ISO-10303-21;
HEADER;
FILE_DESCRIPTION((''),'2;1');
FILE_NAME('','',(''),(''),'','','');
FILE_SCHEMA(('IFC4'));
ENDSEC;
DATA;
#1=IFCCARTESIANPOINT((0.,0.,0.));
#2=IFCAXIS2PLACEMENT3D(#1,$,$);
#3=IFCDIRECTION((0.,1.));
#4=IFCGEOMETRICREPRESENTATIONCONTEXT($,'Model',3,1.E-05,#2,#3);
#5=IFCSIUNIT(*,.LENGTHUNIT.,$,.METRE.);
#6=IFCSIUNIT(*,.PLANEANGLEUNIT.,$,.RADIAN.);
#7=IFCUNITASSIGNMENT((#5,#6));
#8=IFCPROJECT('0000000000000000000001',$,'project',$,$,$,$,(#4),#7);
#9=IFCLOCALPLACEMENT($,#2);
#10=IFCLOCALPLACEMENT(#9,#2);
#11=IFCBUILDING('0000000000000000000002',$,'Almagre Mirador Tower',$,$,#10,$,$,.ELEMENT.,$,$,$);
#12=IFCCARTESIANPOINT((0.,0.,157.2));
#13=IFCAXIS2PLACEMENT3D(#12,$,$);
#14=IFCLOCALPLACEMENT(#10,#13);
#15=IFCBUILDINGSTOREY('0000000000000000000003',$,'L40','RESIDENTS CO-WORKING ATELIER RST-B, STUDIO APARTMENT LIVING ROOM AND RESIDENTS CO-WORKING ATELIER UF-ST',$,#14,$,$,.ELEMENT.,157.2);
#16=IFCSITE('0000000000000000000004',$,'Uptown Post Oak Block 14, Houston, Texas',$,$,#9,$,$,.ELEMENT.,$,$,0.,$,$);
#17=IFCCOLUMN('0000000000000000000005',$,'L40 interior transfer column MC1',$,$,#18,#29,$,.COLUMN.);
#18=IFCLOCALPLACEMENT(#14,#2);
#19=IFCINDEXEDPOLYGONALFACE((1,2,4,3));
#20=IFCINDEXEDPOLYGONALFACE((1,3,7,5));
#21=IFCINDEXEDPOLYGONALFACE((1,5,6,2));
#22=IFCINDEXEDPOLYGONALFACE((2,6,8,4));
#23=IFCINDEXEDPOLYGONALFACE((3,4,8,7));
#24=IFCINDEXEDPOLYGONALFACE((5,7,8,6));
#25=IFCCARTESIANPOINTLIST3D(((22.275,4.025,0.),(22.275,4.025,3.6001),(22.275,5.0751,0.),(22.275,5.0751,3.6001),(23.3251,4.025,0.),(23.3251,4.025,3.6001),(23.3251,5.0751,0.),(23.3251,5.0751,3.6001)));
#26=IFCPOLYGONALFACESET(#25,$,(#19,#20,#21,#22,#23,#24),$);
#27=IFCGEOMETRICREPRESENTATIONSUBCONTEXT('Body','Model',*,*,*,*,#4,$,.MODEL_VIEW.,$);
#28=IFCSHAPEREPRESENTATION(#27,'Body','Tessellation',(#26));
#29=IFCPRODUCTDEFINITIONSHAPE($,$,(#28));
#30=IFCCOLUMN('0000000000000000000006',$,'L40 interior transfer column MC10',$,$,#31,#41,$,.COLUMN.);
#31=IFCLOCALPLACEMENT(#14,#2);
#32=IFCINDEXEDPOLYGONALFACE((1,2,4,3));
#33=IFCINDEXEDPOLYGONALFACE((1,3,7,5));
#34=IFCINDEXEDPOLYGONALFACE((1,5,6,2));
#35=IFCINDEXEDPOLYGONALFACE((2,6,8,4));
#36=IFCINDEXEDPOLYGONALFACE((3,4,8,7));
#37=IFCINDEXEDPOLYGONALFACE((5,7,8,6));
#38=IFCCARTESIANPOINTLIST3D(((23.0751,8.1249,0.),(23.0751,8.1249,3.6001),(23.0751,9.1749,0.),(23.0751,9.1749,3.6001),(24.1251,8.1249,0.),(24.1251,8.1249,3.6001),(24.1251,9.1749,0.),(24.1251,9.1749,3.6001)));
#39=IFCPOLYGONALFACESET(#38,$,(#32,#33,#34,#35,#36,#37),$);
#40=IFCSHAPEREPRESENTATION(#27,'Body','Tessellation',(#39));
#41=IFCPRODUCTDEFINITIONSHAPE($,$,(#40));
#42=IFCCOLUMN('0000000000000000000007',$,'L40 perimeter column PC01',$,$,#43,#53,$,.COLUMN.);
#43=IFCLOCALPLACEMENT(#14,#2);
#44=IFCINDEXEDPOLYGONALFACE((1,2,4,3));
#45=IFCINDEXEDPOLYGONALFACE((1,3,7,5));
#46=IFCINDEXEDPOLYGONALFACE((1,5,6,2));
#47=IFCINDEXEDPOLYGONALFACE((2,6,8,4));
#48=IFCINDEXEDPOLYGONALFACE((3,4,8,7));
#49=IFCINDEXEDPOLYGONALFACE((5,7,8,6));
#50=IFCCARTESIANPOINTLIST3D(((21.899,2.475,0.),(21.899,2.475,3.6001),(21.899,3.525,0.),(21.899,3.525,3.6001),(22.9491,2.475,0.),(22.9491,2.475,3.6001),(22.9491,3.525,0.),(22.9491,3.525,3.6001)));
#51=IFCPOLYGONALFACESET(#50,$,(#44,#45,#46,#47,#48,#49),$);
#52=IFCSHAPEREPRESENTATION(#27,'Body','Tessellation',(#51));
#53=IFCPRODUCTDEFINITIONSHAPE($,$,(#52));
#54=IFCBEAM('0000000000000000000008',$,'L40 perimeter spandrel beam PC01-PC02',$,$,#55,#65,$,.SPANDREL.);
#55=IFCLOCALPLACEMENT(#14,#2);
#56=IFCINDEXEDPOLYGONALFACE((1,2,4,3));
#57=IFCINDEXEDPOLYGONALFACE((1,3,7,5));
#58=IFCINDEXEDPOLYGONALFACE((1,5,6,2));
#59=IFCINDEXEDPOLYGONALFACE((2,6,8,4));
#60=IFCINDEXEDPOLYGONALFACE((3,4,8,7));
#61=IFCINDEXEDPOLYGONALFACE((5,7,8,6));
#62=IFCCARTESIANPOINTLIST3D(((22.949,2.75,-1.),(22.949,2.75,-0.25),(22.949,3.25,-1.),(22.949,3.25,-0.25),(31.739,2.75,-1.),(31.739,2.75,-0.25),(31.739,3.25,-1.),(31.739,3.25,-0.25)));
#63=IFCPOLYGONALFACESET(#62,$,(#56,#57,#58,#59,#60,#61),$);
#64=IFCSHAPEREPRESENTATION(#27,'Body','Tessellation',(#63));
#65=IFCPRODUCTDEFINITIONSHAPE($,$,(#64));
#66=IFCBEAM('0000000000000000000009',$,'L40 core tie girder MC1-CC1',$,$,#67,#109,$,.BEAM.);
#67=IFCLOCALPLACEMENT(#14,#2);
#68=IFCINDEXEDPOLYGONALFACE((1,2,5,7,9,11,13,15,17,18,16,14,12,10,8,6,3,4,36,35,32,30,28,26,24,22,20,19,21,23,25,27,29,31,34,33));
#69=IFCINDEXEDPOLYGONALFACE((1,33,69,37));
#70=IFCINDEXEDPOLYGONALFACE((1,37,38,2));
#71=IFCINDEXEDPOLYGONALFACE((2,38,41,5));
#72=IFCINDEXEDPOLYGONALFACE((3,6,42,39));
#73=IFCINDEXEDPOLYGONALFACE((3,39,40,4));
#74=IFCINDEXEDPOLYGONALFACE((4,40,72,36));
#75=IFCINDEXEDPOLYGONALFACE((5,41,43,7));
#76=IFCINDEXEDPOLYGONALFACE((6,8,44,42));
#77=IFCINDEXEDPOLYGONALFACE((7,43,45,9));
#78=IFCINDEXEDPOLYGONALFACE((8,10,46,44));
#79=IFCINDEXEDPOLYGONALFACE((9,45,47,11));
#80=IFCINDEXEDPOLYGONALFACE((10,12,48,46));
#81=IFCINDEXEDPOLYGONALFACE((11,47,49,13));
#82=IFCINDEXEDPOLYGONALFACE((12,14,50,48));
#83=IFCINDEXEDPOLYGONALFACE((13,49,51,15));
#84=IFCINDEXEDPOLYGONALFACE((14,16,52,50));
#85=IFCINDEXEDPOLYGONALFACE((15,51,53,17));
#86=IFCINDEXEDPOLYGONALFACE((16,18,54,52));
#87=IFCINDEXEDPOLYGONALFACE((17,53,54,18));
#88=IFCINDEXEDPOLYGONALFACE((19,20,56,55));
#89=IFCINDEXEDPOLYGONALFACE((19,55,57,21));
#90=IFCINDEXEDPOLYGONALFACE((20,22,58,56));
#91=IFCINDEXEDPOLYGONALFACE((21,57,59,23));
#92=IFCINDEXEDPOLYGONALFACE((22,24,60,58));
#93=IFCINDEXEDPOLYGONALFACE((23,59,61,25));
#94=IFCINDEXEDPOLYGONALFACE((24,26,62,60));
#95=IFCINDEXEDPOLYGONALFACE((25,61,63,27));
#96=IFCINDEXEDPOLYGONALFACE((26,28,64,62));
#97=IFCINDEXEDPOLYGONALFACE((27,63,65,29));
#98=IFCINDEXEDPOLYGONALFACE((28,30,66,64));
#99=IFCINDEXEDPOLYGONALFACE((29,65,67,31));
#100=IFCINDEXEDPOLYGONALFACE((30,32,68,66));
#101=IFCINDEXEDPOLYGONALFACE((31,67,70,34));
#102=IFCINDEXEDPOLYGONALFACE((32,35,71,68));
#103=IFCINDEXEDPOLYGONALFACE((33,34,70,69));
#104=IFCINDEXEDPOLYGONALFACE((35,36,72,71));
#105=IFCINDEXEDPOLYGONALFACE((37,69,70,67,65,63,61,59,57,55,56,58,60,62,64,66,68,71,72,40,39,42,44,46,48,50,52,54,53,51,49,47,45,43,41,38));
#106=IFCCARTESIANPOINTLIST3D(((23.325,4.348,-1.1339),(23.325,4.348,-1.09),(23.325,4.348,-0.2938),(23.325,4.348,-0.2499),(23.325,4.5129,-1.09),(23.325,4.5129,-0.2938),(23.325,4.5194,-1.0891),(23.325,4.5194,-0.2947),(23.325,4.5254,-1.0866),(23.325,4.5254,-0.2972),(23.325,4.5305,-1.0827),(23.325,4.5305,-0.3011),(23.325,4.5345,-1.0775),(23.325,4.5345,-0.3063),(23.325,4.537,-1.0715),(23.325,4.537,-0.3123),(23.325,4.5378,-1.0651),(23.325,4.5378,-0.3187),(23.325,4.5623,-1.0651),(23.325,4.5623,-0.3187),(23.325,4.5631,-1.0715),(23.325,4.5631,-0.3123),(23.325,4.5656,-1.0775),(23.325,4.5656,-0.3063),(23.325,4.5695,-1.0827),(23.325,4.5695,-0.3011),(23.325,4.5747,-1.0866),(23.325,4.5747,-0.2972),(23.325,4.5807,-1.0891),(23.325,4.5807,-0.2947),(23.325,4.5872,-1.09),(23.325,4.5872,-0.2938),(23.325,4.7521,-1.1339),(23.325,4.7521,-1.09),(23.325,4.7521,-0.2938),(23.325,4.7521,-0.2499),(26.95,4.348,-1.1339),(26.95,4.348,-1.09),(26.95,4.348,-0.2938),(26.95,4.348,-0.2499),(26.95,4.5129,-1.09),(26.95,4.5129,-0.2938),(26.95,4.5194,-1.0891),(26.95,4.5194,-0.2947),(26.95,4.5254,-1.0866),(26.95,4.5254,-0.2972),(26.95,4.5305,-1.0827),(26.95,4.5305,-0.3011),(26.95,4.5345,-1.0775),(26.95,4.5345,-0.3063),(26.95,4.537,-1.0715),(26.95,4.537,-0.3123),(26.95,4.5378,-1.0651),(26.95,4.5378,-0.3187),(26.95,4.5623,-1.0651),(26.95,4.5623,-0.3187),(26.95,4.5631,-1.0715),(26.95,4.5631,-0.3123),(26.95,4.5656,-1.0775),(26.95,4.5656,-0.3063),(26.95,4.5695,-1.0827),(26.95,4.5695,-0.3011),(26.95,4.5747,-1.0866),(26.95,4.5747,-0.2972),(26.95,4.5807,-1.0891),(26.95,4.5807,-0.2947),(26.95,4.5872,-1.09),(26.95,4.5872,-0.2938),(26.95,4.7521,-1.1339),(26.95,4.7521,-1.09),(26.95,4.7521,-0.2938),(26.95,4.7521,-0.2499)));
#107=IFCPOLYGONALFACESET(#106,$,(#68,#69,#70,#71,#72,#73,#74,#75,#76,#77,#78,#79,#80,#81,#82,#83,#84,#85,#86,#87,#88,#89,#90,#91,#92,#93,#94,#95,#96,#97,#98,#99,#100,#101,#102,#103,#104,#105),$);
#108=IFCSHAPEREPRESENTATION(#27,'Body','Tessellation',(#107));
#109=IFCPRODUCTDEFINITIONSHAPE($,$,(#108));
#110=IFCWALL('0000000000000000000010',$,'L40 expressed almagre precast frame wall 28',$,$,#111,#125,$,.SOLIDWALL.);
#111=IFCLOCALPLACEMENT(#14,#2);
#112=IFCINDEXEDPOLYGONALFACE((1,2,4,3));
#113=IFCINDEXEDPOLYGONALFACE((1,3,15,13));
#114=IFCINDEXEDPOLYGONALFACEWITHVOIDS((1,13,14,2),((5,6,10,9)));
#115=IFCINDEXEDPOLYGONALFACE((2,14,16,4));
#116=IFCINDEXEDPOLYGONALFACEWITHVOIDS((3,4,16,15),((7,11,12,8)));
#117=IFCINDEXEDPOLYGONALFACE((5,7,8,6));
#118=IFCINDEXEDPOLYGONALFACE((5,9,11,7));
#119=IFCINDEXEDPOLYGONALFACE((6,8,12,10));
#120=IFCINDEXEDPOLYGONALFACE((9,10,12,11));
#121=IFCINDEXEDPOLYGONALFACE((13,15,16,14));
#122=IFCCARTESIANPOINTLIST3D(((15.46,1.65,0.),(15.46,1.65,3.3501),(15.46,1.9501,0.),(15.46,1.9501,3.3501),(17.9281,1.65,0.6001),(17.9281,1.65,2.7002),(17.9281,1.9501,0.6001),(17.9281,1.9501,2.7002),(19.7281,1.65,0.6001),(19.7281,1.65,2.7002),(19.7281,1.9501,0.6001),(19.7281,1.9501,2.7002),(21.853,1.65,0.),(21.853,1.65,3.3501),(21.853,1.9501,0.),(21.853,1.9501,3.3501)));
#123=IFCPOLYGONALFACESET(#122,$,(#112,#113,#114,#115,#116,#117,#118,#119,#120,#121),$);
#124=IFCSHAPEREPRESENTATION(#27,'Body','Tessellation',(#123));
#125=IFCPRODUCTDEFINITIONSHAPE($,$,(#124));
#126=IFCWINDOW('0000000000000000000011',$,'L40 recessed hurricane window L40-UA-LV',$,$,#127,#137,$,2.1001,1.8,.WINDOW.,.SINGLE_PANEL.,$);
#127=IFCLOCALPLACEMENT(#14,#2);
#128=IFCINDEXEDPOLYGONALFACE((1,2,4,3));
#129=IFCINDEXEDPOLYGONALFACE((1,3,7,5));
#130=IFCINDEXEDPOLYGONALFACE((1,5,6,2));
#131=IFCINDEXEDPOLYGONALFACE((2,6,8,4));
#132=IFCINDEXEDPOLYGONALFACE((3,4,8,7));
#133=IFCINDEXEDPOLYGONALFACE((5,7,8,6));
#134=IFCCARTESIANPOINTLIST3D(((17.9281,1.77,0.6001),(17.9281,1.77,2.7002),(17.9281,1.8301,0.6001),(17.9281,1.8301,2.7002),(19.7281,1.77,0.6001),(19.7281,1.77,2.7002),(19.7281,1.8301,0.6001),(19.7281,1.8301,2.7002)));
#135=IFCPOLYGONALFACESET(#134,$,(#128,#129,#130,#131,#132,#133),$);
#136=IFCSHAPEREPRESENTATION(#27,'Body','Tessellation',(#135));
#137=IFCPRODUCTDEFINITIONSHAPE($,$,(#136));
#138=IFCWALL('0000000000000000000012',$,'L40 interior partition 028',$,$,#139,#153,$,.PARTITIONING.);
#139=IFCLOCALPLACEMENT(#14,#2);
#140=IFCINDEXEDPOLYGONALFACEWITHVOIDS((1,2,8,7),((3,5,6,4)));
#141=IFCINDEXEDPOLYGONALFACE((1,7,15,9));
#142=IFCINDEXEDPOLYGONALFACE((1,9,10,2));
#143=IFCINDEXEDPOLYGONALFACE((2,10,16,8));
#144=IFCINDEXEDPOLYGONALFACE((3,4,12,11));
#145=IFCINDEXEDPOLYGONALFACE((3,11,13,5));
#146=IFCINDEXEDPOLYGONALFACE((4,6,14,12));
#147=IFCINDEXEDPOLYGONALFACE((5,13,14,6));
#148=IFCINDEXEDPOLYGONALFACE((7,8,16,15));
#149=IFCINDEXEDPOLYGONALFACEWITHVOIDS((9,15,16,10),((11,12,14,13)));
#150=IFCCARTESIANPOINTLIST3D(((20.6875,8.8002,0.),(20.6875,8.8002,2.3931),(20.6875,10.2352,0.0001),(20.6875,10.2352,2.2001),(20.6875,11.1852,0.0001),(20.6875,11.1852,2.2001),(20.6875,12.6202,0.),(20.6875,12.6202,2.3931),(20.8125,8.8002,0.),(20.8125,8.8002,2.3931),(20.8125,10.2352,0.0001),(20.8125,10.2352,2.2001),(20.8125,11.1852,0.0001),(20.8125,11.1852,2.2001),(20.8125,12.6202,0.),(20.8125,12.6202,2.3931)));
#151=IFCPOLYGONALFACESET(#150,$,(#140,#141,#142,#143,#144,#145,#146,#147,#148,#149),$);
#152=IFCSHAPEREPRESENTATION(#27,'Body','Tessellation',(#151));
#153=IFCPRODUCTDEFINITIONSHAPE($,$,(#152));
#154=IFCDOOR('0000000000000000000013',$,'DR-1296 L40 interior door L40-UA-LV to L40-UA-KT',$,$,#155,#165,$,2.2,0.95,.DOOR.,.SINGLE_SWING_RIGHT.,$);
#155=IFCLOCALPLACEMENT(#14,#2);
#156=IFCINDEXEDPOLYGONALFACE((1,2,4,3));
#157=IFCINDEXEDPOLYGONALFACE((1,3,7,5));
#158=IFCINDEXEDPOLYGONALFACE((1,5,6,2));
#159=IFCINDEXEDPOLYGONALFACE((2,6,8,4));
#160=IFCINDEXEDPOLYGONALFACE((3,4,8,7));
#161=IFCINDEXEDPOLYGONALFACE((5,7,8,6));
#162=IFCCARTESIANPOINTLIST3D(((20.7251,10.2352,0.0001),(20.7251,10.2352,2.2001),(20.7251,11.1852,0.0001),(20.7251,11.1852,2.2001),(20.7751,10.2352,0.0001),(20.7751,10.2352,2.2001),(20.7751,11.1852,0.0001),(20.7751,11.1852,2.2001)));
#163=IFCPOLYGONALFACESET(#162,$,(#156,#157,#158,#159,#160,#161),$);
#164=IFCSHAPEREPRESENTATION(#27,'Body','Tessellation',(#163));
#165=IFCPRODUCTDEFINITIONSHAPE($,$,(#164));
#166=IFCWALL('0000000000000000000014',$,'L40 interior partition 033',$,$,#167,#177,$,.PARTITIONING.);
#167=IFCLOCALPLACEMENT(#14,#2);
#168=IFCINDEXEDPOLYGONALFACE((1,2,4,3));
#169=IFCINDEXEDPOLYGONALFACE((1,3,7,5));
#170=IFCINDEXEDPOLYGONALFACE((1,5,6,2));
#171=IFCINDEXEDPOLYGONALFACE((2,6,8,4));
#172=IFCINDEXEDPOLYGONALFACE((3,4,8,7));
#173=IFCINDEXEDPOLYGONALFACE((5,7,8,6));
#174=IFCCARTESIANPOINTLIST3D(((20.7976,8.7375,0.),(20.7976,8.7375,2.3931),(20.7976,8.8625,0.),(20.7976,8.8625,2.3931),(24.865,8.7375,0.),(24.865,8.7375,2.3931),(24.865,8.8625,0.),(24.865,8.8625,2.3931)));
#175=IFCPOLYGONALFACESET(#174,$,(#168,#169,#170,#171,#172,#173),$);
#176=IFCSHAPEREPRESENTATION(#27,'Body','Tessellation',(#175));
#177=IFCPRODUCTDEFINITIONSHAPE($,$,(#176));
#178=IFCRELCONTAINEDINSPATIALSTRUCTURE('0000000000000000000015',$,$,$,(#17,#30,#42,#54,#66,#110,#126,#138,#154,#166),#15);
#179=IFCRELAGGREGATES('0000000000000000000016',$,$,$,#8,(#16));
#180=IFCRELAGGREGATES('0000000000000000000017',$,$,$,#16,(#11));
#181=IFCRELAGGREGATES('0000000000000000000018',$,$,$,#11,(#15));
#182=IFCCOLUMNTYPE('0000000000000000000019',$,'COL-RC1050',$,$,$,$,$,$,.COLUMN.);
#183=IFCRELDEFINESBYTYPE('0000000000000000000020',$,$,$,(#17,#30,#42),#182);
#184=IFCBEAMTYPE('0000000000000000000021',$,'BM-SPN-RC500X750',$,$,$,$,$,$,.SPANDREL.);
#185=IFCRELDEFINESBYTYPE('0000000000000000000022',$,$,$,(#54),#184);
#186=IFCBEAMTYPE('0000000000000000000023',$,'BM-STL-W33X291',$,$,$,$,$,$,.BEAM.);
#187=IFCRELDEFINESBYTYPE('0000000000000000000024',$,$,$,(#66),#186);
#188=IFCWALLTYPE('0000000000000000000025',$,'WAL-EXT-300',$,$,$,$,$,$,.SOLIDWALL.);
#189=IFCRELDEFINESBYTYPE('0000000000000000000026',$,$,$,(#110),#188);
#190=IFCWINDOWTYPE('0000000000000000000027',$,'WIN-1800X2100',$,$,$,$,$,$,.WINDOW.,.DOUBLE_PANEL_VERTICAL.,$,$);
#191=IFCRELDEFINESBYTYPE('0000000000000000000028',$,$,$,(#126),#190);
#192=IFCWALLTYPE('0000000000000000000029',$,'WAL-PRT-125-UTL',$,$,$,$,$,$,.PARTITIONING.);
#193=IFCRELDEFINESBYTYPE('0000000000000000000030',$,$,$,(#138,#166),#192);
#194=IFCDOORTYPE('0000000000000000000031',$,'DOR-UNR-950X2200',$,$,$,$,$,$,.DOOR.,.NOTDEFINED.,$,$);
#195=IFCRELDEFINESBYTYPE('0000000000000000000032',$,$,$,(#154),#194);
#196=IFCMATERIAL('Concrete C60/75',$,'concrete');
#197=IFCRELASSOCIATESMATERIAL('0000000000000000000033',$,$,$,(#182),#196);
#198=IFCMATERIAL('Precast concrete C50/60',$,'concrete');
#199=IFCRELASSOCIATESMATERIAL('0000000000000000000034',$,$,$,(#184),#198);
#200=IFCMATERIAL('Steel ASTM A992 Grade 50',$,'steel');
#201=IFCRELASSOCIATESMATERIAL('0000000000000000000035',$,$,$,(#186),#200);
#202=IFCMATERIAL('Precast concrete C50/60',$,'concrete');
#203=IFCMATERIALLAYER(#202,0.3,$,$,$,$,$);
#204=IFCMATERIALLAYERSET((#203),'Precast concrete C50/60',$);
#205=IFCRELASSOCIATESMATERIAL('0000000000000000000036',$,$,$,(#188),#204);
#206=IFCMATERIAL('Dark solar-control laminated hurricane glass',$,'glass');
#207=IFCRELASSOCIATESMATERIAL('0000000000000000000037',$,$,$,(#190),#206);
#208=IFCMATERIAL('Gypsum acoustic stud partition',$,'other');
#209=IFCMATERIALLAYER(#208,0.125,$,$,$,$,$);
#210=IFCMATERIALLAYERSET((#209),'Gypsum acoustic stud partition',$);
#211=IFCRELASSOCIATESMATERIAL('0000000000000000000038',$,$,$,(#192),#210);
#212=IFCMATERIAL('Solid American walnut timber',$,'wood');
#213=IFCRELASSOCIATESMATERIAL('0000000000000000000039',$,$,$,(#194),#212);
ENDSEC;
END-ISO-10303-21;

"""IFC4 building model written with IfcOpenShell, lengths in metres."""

from ifc_helpers import new_model, si_unit, direction, frame, frame_2d, origin, origin_2d, place, context, subcontext, project, spatial, rectangle, i_section, extrude, material, layer, layer_set, material_profile, profile_set, type_object, element, fill, save


model = new_model("IFC4")

# Units and contexts
model_context = context("Model", 3, precision=1e-05, world=origin(), true_north=direction((0.0, 1.0)))
body_context = subcontext(model_context, "Body", "Model", "MODEL_VIEW")
ifc_project = project(units=[si_unit("LENGTHUNIT", "METRE"), si_unit("PLANEANGLEUNIT", "RADIAN")], contexts=[model_context])

# Site, building, storey
site_placement = place(None, origin())
site = spatial("IfcSite", under=ifc_project, at=site_placement, Name="Uptown Post Oak Block 14, Houston, Texas", CompositionType="ELEMENT", RefElevation=0.0)
building_placement = place(site_placement, origin())
building = spatial("IfcBuilding", under=site, at=building_placement, Name="Almagre Mirador Tower", CompositionType="ELEMENT")
storey_placement = place(building_placement, frame((0.0, 0.0, 157.2)))
storey = spatial("IfcBuildingStorey", under=building, at=storey_placement, Name="L40", Description="RESIDENTS CO-WORKING ATELIER RST-B, STUDIO APARTMENT LIVING ROOM AND RESIDENTS CO-WORKING ATELIER UF-ST", CompositionType="ELEMENT", Elevation=157.2)

# Columns
ifc_material_1 = material(Name="Concrete C60/75", Category="concrete")
ifc_material_profile_1 = material_profile(ifc_material_1, rectangle(XDim=1.05, YDim=1.05, at=origin_2d()), Name="RC1050X1050")
ifc_profile_set_1 = profile_set([ifc_material_profile_1], Name="Concrete C60/75")
column_type = type_object("IfcColumnType", Name="COL-RC1050", PredefinedType="COLUMN", material=ifc_profile_set_1)
for number, where, z_axis, x_axis, name in (
    (1, (22.8, 4.55, 0.0), (0.0, 0.0, 1.0), (1.0, 0.0, 0.0), "L40 interior transfer column MC1"),
    (2, (23.6001, 8.6499, 0.0), (0.0, 0.0, 1.0), (1.0, 0.0, 0.0), "L40 interior transfer column MC10"),
    (3, (22.4241, 3.0, 0.0), (0.0, 0.0, 1.0), (1.0, 0.0, 0.0), "L40 perimeter column PC01"),
):
    element("IfcColumn", number, at=place(storey_placement, frame(where, z_axis=z_axis, x_axis=x_axis)), inside=storey, type_object=column_type, Name=name, PredefinedType="COLUMN", context=body_context, shape_type="SweptSolid", body=[
        extrude(rectangle(XDim=1.05, YDim=1.05, at=origin_2d()), origin(), (0.0, 0.0, 1.0), 3.6001),
    ])

# Beams
ifc_material_2 = material(Name="Precast concrete C50/60", Category="concrete")
ifc_material_profile_2 = material_profile(ifc_material_2, rectangle(XDim=0.5, YDim=0.75, at=origin_2d()), Name="RC500X750")
ifc_profile_set_2 = profile_set([ifc_material_profile_2], Name="Precast concrete C50/60")
beam_type_1 = type_object("IfcBeamType", Name="BM-SPN-RC500X750", PredefinedType="SPANDREL", material=ifc_profile_set_2)
beam_1_placement = place(storey_placement, frame((22.949, 3.0, -0.625), z_axis=(1.0, 0.0, 0.0), x_axis=(0.0, 1.0, 0.0)))
element("IfcBeam", 4, at=beam_1_placement, inside=storey, type_object=beam_type_1, Name="L40 perimeter spandrel beam PC01-PC02", PredefinedType="SPANDREL", context=body_context, shape_type="SweptSolid", body=[
    extrude(rectangle(XDim=0.5, YDim=0.75, at=origin_2d()), origin(), (0.0, 0.0, 1.0), 8.79),
])
ifc_material_3 = material(Name="Steel ASTM A992 Grade 50", Category="steel")
ifc_material_profile_3 = material_profile(ifc_material_3, i_section(OverallWidth=0.4041, OverallDepth=0.884, WebThickness=0.0244, FlangeThickness=0.0439, FilletRadius=0.0249, at=origin_2d()), Name="W33X291")
ifc_profile_set_3 = profile_set([ifc_material_profile_3], Name="Steel ASTM A992 Grade 50")
beam_type_2 = type_object("IfcBeamType", Name="BM-STL-W33X291", PredefinedType="BEAM", material=ifc_profile_set_3)
beam_2_placement = place(storey_placement, frame((23.325, 4.55, -0.6919), z_axis=(1.0, 0.0, 0.0), x_axis=(0.0, 1.0, 0.0)))
element("IfcBeam", 5, at=beam_2_placement, inside=storey, type_object=beam_type_2, Name="L40 core tie girder MC1-CC1", PredefinedType="BEAM", context=body_context, shape_type="SweptSolid", body=[
    extrude(i_section(OverallWidth=0.4041, OverallDepth=0.884, WebThickness=0.0244, FlangeThickness=0.0439, FilletRadius=0.0249, at=origin_2d()), origin(), (0.0, 0.0, 1.0), 3.625),
])

# Wall, opening, window
ifc_material_4 = material(Name="Precast concrete C50/60", Category="concrete")
ifc_layer_1 = layer(ifc_material_4, 0.3)
ifc_layer_set_1 = layer_set([ifc_layer_1], Name="Precast concrete C50/60")
wall_type_1 = type_object("IfcWallType", Name="WAL-EXT-300", PredefinedType="SOLIDWALL", material=ifc_layer_set_1)
wall_1_placement = place(storey_placement, frame((21.853, 1.8, 0.0), z_axis=(0.0, 0.0, 1.0), x_axis=(-1.0, 0.0, 0.0)))
wall_1 = element("IfcWall", 6, at=wall_1_placement, inside=storey, type_object=wall_type_1, Name="L40 expressed almagre precast frame wall 28", PredefinedType="SOLIDWALL", context=body_context, shape_type="SweptSolid", body=[
    extrude(rectangle(XDim=6.3931, YDim=0.3, at=frame_2d((3.1965, 0.0))), origin(), (0.0, 0.0, 1.0), 3.3501),
])
opening_1_placement = place(wall_1_placement, frame((2.125, 0.0, 0.6001)))
opening_1 = element("IfcOpeningElement", 7, at=opening_1_placement, cuts=wall_1, PredefinedType="OPENING", context=body_context, shape_type="SweptSolid", body=[
    extrude(rectangle(XDim=1.8, YDim=2.1001, at=frame_2d((0.8999, 1.05))), frame((0.0, 0.1599, 0.0), z_axis=(0.0, -1.0, 0.0), x_axis=(1.0, 0.0, 0.0)), (0.0, 0.0, 1.0), 0.32),
])
ifc_material_5 = material(Name="Dark solar-control laminated hurricane glass", Category="glass")
window_type = type_object("IfcWindowType", Name="WIN-1800X2100", PartitioningType="DOUBLE_PANEL_VERTICAL", PredefinedType="WINDOW", material=ifc_material_5)
window_placement = place(opening_1_placement, origin())
window = element("IfcWindow", 8, at=window_placement, inside=storey, type_object=window_type, Name="L40 recessed hurricane window L40-UA-LV", OverallHeight=2.1001, OverallWidth=1.8, PartitioningType="SINGLE_PANEL", PredefinedType="WINDOW", context=body_context, shape_type="SweptSolid", body=[
    extrude(rectangle(XDim=1.8, YDim=2.1001, at=frame_2d((0.8999, 1.05))), frame((0.0, 0.03, 0.0), z_axis=(0.0, -1.0, 0.0), x_axis=(1.0, 0.0, 0.0)), (0.0, 0.0, 1.0), 0.0601),
])
fill(opening_1, window)

# Wall, opening, door
ifc_material_6 = material(Name="Gypsum acoustic stud partition", Category="other")
ifc_layer_2 = layer(ifc_material_6, 0.125)
ifc_layer_set_2 = layer_set([ifc_layer_2], Name="Gypsum acoustic stud partition")
wall_type_2 = type_object("IfcWallType", Name="WAL-PRT-125-UTL", PredefinedType="PARTITIONING", material=ifc_layer_set_2)
wall_2_placement = place(storey_placement, frame((20.75, 8.8, 0.0), z_axis=(0.0, 0.0, 1.0), x_axis=(0.0, 1.0, 0.0)))
wall_2 = element("IfcWall", 9, at=wall_2_placement, inside=storey, type_object=wall_type_2, Name="L40 interior partition 028", PredefinedType="PARTITIONING", context=body_context, shape_type="SweptSolid", body=[
    extrude(rectangle(XDim=3.8201, YDim=0.125, at=frame_2d((1.9102, 0.0))), origin(), (0.0, 0.0, 1.0), 2.3931),
])
opening_2_placement = place(wall_2_placement, frame((1.4351, 0.0, 0.0)))
opening_2 = element("IfcOpeningElement", 10, at=opening_2_placement, cuts=wall_2, PredefinedType="OPENING", context=body_context, shape_type="SweptSolid", body=[
    extrude(rectangle(XDim=0.95, YDim=2.2, at=frame_2d((0.4751, 1.1001))), frame((0.0, 0.0725, 0.0), z_axis=(0.0, -1.0, 0.0), x_axis=(1.0, 0.0, 0.0)), (0.0, 0.0, 1.0), 0.145),
])
ifc_material_7 = material(Name="Solid American walnut timber", Category="wood")
door_type_1 = type_object("IfcDoorType", Name="DOR-UNR-950X2200", OperationType="NOTDEFINED", PredefinedType="DOOR", material=ifc_material_7)
door_1_placement = place(opening_2_placement, origin())
door_1 = element("IfcDoor", 11, at=door_1_placement, inside=storey, type_object=door_type_1, Name="DR-1296 L40 interior door L40-UA-LV to L40-UA-KT", OperationType="SINGLE_SWING_RIGHT", OverallHeight=2.2, OverallWidth=0.95, PredefinedType="DOOR", context=body_context, shape_type="SweptSolid", body=[
    extrude(rectangle(XDim=0.95, YDim=2.2, at=frame_2d((0.4751, 1.1001))), frame((0.0, 0.0249, 0.0), z_axis=(0.0, -1.0, 0.0), x_axis=(1.0, 0.0, 0.0)), (0.0, 0.0, 1.0), 0.05),
])
fill(opening_2, door_1)

# Wall
wall_3_placement = place(storey_placement, frame((20.7976, 8.8, 0.0), z_axis=(0.0, 0.0, 1.0), x_axis=(1.0, 0.0, 0.0)))
element("IfcWall", 12, at=wall_3_placement, inside=storey, type_object=wall_type_2, Name="L40 interior partition 033", PredefinedType="PARTITIONING", context=body_context, shape_type="SweptSolid", body=[
    extrude(rectangle(XDim=4.0674, YDim=0.125, at=frame_2d((2.0337, 0.0))), origin(), (0.0, 0.0, 1.0), 2.3931),
])

save(model, "model.ifc")
